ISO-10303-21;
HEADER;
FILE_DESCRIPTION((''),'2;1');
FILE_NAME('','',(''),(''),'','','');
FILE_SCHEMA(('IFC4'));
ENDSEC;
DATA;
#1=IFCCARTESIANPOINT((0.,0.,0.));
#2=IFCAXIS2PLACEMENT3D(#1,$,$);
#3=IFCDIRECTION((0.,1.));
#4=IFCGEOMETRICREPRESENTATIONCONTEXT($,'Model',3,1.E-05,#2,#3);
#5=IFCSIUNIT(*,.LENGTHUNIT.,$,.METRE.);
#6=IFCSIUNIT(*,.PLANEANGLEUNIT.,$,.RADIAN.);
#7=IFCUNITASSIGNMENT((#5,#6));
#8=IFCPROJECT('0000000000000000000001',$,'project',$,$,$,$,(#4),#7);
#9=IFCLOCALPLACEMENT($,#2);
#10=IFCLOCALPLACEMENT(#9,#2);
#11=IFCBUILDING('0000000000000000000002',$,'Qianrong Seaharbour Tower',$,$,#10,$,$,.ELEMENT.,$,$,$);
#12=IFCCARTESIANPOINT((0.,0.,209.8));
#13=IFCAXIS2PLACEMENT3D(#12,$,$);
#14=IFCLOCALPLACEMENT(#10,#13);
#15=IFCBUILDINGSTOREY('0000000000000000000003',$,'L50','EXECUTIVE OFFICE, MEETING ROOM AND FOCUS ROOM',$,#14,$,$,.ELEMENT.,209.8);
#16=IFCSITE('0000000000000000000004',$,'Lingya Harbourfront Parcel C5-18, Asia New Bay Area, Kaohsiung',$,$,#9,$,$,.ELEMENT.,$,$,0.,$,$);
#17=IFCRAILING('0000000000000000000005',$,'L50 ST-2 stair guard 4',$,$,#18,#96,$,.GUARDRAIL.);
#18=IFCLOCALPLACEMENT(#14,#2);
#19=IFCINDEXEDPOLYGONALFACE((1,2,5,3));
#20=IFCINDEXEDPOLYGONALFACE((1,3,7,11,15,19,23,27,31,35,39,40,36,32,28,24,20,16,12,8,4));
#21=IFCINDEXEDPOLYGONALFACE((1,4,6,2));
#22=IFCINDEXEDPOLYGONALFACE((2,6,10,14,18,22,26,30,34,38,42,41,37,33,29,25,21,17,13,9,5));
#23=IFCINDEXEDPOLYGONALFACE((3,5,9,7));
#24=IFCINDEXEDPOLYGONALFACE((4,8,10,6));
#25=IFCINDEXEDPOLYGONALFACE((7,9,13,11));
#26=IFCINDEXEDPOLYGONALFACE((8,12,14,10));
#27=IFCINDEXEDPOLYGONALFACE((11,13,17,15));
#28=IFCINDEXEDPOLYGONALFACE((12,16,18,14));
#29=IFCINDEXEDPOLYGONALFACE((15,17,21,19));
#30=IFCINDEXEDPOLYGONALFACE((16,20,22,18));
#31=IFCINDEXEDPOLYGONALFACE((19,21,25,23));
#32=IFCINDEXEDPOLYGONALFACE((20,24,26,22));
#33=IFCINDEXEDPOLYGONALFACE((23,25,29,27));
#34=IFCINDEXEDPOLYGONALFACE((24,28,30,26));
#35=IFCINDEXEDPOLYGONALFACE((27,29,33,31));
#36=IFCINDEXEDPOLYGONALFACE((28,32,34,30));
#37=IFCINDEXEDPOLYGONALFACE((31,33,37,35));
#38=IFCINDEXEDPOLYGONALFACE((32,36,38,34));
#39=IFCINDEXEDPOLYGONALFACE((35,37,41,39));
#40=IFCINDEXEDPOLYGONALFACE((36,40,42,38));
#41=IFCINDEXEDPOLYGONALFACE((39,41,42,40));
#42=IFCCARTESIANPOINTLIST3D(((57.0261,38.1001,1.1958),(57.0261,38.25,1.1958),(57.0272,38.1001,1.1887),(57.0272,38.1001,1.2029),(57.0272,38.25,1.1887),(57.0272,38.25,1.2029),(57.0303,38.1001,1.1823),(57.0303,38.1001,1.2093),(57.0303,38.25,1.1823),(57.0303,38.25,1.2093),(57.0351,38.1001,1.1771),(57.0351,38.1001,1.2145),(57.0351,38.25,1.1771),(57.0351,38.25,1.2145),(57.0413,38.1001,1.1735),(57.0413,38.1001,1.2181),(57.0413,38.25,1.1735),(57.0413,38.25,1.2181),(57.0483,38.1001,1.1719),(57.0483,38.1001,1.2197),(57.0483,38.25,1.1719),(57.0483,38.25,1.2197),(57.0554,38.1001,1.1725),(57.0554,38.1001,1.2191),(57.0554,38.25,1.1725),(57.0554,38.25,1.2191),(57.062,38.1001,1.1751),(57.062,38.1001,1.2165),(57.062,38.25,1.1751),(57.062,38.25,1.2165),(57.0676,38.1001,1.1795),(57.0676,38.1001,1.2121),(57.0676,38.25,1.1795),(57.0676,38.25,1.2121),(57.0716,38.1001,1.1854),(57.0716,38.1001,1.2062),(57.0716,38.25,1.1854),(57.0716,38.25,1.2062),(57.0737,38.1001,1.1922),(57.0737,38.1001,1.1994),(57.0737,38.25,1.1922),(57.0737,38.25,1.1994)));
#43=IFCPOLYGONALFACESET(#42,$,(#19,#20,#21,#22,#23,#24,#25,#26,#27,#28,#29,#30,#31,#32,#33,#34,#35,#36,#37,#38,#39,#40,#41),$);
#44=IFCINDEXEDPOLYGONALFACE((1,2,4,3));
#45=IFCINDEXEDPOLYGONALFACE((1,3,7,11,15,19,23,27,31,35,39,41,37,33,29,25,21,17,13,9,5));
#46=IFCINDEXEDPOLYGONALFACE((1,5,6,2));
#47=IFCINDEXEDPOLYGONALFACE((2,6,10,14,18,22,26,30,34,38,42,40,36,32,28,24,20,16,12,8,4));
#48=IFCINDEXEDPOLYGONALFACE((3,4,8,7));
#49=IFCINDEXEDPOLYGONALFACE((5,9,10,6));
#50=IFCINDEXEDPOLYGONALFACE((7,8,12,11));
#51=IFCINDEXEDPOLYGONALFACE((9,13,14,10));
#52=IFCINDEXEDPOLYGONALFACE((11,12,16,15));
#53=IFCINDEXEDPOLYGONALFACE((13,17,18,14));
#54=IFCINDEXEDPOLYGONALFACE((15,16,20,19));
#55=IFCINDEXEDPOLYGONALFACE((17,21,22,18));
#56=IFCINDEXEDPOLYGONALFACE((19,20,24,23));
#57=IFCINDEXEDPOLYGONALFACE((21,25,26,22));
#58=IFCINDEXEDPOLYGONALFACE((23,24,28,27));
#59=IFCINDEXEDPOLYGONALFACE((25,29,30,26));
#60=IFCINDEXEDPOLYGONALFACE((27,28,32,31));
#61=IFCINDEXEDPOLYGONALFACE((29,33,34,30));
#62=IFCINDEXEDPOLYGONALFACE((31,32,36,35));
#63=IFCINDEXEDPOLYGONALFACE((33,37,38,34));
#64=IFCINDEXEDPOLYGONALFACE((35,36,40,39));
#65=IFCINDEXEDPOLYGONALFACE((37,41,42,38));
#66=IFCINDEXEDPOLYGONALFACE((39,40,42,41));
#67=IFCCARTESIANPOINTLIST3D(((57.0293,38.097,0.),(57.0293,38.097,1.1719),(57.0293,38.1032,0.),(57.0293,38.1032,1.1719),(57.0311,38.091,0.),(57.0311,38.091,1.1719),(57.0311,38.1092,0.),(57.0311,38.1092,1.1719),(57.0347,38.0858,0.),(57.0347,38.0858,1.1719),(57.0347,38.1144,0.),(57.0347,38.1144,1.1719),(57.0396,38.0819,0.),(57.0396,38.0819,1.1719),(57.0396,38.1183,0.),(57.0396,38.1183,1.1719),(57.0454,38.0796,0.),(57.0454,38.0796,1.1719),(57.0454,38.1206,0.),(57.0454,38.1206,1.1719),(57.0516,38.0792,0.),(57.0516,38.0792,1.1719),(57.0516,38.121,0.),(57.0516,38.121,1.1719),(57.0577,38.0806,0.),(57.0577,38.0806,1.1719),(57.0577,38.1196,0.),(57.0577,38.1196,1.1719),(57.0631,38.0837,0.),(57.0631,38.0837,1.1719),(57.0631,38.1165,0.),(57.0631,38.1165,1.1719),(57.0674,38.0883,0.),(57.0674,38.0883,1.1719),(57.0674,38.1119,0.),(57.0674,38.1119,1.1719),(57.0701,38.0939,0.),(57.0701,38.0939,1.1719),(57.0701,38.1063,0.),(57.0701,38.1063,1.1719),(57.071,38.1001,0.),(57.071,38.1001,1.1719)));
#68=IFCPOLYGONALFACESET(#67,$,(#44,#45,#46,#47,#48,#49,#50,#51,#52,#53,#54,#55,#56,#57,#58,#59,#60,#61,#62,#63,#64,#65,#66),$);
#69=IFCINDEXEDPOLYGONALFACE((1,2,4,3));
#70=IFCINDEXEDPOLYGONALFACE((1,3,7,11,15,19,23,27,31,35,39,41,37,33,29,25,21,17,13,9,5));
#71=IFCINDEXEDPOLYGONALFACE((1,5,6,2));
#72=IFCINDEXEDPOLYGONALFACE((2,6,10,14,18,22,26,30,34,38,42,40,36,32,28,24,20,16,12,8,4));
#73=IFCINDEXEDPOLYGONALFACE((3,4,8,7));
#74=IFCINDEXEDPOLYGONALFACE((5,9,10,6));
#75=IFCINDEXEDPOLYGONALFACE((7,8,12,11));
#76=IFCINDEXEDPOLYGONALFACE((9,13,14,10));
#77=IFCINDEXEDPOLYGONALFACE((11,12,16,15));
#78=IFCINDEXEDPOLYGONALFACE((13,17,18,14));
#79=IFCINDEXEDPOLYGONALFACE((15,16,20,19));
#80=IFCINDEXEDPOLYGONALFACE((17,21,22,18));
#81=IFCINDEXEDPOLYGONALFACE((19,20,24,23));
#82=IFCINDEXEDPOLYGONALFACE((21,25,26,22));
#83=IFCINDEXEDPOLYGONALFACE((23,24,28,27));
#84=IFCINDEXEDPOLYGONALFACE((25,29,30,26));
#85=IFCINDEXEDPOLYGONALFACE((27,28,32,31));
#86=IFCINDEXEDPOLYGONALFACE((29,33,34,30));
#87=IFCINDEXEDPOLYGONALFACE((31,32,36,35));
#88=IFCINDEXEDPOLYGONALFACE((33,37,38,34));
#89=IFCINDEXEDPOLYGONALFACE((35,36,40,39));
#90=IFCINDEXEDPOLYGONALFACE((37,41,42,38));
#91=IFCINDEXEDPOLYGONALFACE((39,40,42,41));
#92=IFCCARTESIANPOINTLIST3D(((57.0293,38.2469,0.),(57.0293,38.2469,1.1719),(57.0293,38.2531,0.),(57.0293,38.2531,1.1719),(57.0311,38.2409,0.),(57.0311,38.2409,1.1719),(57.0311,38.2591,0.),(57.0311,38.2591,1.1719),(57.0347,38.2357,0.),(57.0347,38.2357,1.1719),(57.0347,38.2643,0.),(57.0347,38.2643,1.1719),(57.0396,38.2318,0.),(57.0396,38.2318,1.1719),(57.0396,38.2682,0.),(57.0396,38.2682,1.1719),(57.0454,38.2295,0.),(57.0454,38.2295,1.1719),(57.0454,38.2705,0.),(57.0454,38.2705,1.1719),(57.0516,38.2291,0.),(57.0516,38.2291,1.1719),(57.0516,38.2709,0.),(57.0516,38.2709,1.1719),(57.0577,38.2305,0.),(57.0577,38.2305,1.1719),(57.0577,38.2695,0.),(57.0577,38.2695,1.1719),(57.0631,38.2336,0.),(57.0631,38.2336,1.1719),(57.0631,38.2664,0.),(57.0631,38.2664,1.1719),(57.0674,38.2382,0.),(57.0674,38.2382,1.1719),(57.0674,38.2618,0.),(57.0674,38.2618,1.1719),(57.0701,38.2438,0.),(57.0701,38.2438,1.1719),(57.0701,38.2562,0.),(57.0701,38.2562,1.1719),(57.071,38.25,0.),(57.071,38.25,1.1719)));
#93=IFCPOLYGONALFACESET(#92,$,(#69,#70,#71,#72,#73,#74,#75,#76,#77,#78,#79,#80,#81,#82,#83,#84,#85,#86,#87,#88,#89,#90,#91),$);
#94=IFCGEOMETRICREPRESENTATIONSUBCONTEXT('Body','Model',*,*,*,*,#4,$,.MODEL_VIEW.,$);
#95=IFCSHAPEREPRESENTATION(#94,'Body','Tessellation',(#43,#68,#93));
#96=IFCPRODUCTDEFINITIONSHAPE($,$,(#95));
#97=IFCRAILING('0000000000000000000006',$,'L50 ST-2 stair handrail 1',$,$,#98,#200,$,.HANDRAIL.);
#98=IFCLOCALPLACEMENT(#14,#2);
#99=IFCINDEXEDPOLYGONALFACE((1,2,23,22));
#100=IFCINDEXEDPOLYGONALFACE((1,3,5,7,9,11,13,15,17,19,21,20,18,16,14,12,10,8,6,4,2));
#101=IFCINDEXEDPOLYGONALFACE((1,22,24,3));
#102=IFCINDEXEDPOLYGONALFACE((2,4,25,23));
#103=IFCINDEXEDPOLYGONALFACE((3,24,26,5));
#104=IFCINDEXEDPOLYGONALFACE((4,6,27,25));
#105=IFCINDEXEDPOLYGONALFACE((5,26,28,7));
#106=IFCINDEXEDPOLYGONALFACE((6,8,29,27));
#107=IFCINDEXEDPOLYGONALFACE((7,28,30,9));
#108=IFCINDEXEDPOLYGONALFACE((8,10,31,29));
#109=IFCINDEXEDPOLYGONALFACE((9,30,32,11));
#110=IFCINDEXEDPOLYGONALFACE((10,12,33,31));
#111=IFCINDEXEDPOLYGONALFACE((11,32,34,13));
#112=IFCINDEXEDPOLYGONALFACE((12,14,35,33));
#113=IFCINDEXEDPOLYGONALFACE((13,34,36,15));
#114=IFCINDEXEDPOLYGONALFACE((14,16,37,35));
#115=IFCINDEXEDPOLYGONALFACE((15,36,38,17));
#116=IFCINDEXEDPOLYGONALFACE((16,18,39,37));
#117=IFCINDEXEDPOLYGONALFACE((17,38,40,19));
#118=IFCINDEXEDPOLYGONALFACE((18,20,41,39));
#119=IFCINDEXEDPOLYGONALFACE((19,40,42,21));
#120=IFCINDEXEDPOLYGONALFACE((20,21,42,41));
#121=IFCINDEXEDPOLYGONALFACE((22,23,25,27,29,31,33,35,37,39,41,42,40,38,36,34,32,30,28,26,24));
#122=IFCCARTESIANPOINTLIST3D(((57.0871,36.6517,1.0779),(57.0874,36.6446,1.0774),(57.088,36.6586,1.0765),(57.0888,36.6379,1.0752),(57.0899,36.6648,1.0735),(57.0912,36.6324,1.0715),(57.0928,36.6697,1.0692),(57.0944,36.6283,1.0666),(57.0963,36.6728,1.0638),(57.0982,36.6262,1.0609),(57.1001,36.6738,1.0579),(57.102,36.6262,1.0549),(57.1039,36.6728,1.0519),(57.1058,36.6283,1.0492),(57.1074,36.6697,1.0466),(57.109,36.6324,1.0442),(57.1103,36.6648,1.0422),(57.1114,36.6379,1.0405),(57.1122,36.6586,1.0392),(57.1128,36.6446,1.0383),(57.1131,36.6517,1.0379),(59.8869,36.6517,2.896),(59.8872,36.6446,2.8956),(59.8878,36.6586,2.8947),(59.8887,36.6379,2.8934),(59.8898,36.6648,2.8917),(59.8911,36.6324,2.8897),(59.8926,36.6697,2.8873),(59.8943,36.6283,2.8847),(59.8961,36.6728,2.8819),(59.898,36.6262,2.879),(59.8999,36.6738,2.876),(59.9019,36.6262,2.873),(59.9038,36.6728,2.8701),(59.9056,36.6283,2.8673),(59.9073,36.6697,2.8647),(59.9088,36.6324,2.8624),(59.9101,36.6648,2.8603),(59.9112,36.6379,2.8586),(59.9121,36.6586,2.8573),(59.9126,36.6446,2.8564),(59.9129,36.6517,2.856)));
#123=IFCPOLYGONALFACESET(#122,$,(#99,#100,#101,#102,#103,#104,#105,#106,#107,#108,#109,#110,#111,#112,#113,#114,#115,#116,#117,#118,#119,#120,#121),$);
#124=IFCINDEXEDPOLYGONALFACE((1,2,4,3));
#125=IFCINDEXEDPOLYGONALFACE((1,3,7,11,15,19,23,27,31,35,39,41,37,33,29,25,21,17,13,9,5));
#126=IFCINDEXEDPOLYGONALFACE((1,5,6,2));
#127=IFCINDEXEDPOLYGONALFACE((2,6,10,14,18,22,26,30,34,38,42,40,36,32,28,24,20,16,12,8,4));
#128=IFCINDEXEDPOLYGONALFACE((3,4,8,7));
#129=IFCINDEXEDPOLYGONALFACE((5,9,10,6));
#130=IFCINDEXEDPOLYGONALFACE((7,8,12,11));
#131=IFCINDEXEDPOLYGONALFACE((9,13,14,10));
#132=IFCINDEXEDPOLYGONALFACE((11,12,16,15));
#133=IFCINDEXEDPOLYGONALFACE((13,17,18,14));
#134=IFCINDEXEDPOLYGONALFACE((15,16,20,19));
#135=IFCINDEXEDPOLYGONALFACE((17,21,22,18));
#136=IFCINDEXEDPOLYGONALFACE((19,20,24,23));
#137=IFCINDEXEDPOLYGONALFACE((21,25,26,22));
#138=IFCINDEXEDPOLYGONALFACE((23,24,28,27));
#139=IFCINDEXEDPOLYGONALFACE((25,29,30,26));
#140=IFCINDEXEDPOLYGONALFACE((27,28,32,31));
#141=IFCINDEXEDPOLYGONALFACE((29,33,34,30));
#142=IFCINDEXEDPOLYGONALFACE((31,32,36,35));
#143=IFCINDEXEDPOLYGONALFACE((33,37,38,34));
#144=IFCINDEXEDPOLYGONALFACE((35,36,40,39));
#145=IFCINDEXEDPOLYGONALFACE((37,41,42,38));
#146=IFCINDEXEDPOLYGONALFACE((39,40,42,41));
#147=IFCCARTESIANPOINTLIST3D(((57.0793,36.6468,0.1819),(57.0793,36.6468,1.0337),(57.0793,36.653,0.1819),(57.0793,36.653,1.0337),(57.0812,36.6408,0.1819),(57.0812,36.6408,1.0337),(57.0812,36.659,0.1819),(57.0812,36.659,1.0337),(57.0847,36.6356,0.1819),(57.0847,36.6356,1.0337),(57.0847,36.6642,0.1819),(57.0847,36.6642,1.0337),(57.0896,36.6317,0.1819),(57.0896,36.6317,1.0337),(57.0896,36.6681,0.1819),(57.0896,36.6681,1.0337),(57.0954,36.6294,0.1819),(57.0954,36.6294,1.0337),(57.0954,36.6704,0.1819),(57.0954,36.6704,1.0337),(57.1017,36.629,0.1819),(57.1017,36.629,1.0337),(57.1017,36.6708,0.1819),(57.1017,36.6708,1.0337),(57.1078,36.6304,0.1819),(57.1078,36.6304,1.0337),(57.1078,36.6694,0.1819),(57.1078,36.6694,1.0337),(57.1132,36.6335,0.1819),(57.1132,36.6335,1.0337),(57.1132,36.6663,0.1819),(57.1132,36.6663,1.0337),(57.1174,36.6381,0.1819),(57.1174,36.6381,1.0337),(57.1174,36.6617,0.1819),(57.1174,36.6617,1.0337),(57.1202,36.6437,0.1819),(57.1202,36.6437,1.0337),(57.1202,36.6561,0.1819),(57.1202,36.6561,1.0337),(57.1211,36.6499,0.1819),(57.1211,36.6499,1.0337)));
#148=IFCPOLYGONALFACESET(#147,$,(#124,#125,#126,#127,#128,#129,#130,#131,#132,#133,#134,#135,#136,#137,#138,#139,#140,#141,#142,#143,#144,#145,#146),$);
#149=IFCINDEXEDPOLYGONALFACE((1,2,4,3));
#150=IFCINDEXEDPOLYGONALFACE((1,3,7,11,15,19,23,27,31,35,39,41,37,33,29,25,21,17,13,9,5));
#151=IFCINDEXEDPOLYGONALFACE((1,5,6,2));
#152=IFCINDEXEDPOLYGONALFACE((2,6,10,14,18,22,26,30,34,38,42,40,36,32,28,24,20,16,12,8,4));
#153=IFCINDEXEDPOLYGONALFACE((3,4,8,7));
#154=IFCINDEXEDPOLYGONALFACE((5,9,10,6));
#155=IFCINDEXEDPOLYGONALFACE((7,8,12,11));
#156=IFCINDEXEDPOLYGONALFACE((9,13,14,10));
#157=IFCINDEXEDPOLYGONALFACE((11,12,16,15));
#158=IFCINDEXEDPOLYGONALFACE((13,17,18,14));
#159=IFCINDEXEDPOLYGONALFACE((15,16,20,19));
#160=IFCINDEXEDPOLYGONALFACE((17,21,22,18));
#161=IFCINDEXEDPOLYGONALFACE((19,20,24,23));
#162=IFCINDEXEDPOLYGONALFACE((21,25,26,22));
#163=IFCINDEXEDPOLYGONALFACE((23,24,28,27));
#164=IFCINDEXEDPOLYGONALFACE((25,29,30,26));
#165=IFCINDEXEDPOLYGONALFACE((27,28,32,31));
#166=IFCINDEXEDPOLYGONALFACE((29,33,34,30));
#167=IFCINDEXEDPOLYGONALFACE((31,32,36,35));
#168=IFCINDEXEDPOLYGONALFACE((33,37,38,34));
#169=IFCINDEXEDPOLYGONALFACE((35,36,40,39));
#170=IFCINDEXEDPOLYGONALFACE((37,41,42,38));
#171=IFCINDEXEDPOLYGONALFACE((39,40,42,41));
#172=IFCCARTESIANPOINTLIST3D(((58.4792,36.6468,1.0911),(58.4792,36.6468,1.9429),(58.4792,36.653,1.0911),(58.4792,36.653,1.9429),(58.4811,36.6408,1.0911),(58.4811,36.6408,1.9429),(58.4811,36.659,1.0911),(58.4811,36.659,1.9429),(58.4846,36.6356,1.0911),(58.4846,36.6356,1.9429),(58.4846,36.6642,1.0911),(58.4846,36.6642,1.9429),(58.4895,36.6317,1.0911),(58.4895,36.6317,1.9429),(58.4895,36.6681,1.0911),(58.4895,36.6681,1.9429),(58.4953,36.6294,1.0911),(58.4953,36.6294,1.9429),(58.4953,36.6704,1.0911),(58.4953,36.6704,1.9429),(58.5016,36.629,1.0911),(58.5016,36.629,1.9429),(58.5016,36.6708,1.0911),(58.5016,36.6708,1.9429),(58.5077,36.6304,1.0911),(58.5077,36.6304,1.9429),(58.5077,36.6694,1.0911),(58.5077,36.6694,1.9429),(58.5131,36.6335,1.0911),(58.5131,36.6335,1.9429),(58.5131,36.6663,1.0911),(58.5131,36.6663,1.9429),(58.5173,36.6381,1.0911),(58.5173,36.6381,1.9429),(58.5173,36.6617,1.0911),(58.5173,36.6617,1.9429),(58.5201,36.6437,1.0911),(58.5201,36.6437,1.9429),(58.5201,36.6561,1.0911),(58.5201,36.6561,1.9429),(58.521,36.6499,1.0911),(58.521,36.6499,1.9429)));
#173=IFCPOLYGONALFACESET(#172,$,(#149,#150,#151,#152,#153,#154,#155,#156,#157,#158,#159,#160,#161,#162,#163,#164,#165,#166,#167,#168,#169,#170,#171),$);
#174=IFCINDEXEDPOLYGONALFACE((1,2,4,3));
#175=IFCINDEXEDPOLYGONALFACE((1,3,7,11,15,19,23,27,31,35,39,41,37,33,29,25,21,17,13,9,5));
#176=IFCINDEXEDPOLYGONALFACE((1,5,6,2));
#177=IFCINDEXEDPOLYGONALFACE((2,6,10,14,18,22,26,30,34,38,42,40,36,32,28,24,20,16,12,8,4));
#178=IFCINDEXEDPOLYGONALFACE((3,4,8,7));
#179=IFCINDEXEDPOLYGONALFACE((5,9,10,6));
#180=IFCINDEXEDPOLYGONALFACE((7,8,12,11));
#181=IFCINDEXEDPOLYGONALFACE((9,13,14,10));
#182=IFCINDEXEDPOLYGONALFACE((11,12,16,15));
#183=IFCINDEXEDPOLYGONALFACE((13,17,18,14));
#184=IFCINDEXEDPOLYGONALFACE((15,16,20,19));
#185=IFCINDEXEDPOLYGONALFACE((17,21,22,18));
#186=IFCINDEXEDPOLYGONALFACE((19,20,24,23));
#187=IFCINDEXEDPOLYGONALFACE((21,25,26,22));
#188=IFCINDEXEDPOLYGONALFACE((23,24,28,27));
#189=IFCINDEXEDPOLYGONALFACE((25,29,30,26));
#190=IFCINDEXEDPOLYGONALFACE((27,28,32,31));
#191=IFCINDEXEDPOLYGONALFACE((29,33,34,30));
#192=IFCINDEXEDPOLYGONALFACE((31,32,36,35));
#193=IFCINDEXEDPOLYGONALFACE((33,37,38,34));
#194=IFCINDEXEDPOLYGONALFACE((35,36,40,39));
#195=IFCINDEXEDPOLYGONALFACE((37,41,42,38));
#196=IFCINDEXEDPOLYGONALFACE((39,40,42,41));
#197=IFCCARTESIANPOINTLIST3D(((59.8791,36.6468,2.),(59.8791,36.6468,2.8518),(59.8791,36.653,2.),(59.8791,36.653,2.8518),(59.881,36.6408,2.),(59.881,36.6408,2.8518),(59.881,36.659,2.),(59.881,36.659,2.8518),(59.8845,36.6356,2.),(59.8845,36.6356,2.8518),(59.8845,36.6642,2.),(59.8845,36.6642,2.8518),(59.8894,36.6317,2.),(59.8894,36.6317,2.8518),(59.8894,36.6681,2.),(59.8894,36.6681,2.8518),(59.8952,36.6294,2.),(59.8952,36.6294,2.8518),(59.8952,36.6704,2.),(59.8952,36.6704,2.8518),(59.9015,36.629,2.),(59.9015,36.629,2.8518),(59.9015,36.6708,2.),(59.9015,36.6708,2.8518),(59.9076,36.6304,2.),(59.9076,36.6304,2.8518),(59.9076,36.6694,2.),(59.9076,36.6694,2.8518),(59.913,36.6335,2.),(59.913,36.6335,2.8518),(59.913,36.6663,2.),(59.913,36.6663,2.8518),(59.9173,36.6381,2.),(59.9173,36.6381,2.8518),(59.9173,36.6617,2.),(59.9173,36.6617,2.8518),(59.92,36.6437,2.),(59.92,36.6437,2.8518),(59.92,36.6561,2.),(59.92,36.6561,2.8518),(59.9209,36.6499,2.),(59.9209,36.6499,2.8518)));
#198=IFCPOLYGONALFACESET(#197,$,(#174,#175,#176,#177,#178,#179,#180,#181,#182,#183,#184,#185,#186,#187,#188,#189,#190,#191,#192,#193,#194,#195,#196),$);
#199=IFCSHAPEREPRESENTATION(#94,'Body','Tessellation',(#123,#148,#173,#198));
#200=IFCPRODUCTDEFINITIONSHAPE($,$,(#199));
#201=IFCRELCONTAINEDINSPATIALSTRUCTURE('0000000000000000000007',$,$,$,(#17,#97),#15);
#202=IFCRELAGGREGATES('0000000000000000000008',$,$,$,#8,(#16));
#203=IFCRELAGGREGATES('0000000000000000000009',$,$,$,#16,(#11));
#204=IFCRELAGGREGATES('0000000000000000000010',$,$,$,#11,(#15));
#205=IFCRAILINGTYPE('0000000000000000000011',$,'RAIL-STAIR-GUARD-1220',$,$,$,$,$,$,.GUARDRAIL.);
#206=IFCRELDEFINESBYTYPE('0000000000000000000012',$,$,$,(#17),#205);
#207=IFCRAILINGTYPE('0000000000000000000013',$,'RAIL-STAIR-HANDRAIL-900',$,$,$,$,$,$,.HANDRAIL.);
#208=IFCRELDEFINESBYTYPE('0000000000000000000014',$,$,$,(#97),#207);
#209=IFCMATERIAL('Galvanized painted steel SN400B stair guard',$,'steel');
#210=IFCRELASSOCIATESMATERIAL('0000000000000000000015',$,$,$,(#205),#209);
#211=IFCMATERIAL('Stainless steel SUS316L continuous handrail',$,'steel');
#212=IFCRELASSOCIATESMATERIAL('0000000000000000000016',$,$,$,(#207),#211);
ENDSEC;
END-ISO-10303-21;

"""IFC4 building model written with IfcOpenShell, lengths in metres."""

from ifc_helpers import new_model, si_unit, direction, frame, origin, origin_2d, place, context, subcontext, project, spatial, circle, extrude, material, type_object, element, save


model = new_model("IFC4")

# Units and contexts
model_context = context("Model", 3, precision=1e-05, world=origin(), true_north=direction((0.0, 1.0)))
body_context = subcontext(model_context, "Body", "Model", "MODEL_VIEW")
ifc_project = project(units=[si_unit("LENGTHUNIT", "METRE"), si_unit("PLANEANGLEUNIT", "RADIAN")], contexts=[model_context])

# Site, building, storey
site_placement = place(None, origin())
site = spatial("IfcSite", under=ifc_project, at=site_placement, Name="Lingya Harbourfront Parcel C5-18, Asia New Bay Area, Kaohsiung", CompositionType="ELEMENT", RefElevation=0.0)
building_placement = place(site_placement, origin())
building = spatial("IfcBuilding", under=site, at=building_placement, Name="Qianrong Seaharbour Tower", CompositionType="ELEMENT")
storey_placement = place(building_placement, frame((0.0, 0.0, 209.8)))
storey = spatial("IfcBuildingStorey", under=building, at=storey_placement, Name="L50", Description="EXECUTIVE OFFICE, MEETING ROOM AND FOCUS ROOM", CompositionType="ELEMENT", Elevation=209.8)

# Railings
ifc_material_1 = material(Name="Galvanized painted steel SN400B stair guard", Category="steel")
railing_type_1 = type_object("IfcRailingType", Name="RAIL-STAIR-GUARD-1220", PredefinedType="GUARDRAIL", material=ifc_material_1)
railing_1_placement = place(storey_placement, frame((57.05, 38.1001, 0.0)))
element("IfcRailing", 1, at=railing_1_placement, inside=storey, type_object=railing_type_1, Name="L50 ST-2 stair guard 4", PredefinedType="GUARDRAIL", context=body_context, shape_type="SweptSolid", body=[
    extrude(circle(Radius=0.0239, at=origin_2d()), frame((0.0, 0.0, 1.1958), z_axis=(0.0, 1.0, 0.0), x_axis=(-1.0, 0.0, 0.0)), (0.0, 0.0, 1.0), 0.1499),
    extrude(circle(Radius=0.021, at=origin_2d()), origin(), (0.0, 0.0, 1.0), 1.1719),
    extrude(circle(Radius=0.021, at=origin_2d()), frame((0.0, 0.1499, 0.0)), (0.0, 0.0, 1.0), 1.1719),
])
ifc_material_2 = material(Name="Stainless steel SUS316L continuous handrail", Category="steel")
railing_type_2 = type_object("IfcRailingType", Name="RAIL-STAIR-HANDRAIL-900", PredefinedType="HANDRAIL", material=ifc_material_2)
railing_2_placement = place(storey_placement, frame((57.1001, 36.6499, 0.1819)))
element("IfcRailing", 2, at=railing_2_placement, inside=storey, type_object=railing_type_2, Name="L50 ST-2 stair handrail 1", PredefinedType="HANDRAIL", context=body_context, shape_type="SweptSolid", body=[
    extrude(circle(Radius=0.0239, at=origin_2d()), frame((0.0, 0.0, 0.876), z_axis=(0.838684, 0.0, 0.544618), x_axis=(0.0, 1.0, 0.0)), (0.0, 0.0, 1.0), 3.3384),
    extrude(circle(Radius=0.021, at=origin_2d()), origin(), (0.0, 0.0, 1.0), 0.8518),
    extrude(circle(Radius=0.021, at=origin_2d()), frame((1.3999, 0.0, 0.9092)), (0.0, 0.0, 1.0), 0.8518),
    extrude(circle(Radius=0.021, at=origin_2d()), frame((2.7998, 0.0, 1.8181)), (0.0, 0.0, 1.0), 0.8518),
])

save(model, "model.ifc")
